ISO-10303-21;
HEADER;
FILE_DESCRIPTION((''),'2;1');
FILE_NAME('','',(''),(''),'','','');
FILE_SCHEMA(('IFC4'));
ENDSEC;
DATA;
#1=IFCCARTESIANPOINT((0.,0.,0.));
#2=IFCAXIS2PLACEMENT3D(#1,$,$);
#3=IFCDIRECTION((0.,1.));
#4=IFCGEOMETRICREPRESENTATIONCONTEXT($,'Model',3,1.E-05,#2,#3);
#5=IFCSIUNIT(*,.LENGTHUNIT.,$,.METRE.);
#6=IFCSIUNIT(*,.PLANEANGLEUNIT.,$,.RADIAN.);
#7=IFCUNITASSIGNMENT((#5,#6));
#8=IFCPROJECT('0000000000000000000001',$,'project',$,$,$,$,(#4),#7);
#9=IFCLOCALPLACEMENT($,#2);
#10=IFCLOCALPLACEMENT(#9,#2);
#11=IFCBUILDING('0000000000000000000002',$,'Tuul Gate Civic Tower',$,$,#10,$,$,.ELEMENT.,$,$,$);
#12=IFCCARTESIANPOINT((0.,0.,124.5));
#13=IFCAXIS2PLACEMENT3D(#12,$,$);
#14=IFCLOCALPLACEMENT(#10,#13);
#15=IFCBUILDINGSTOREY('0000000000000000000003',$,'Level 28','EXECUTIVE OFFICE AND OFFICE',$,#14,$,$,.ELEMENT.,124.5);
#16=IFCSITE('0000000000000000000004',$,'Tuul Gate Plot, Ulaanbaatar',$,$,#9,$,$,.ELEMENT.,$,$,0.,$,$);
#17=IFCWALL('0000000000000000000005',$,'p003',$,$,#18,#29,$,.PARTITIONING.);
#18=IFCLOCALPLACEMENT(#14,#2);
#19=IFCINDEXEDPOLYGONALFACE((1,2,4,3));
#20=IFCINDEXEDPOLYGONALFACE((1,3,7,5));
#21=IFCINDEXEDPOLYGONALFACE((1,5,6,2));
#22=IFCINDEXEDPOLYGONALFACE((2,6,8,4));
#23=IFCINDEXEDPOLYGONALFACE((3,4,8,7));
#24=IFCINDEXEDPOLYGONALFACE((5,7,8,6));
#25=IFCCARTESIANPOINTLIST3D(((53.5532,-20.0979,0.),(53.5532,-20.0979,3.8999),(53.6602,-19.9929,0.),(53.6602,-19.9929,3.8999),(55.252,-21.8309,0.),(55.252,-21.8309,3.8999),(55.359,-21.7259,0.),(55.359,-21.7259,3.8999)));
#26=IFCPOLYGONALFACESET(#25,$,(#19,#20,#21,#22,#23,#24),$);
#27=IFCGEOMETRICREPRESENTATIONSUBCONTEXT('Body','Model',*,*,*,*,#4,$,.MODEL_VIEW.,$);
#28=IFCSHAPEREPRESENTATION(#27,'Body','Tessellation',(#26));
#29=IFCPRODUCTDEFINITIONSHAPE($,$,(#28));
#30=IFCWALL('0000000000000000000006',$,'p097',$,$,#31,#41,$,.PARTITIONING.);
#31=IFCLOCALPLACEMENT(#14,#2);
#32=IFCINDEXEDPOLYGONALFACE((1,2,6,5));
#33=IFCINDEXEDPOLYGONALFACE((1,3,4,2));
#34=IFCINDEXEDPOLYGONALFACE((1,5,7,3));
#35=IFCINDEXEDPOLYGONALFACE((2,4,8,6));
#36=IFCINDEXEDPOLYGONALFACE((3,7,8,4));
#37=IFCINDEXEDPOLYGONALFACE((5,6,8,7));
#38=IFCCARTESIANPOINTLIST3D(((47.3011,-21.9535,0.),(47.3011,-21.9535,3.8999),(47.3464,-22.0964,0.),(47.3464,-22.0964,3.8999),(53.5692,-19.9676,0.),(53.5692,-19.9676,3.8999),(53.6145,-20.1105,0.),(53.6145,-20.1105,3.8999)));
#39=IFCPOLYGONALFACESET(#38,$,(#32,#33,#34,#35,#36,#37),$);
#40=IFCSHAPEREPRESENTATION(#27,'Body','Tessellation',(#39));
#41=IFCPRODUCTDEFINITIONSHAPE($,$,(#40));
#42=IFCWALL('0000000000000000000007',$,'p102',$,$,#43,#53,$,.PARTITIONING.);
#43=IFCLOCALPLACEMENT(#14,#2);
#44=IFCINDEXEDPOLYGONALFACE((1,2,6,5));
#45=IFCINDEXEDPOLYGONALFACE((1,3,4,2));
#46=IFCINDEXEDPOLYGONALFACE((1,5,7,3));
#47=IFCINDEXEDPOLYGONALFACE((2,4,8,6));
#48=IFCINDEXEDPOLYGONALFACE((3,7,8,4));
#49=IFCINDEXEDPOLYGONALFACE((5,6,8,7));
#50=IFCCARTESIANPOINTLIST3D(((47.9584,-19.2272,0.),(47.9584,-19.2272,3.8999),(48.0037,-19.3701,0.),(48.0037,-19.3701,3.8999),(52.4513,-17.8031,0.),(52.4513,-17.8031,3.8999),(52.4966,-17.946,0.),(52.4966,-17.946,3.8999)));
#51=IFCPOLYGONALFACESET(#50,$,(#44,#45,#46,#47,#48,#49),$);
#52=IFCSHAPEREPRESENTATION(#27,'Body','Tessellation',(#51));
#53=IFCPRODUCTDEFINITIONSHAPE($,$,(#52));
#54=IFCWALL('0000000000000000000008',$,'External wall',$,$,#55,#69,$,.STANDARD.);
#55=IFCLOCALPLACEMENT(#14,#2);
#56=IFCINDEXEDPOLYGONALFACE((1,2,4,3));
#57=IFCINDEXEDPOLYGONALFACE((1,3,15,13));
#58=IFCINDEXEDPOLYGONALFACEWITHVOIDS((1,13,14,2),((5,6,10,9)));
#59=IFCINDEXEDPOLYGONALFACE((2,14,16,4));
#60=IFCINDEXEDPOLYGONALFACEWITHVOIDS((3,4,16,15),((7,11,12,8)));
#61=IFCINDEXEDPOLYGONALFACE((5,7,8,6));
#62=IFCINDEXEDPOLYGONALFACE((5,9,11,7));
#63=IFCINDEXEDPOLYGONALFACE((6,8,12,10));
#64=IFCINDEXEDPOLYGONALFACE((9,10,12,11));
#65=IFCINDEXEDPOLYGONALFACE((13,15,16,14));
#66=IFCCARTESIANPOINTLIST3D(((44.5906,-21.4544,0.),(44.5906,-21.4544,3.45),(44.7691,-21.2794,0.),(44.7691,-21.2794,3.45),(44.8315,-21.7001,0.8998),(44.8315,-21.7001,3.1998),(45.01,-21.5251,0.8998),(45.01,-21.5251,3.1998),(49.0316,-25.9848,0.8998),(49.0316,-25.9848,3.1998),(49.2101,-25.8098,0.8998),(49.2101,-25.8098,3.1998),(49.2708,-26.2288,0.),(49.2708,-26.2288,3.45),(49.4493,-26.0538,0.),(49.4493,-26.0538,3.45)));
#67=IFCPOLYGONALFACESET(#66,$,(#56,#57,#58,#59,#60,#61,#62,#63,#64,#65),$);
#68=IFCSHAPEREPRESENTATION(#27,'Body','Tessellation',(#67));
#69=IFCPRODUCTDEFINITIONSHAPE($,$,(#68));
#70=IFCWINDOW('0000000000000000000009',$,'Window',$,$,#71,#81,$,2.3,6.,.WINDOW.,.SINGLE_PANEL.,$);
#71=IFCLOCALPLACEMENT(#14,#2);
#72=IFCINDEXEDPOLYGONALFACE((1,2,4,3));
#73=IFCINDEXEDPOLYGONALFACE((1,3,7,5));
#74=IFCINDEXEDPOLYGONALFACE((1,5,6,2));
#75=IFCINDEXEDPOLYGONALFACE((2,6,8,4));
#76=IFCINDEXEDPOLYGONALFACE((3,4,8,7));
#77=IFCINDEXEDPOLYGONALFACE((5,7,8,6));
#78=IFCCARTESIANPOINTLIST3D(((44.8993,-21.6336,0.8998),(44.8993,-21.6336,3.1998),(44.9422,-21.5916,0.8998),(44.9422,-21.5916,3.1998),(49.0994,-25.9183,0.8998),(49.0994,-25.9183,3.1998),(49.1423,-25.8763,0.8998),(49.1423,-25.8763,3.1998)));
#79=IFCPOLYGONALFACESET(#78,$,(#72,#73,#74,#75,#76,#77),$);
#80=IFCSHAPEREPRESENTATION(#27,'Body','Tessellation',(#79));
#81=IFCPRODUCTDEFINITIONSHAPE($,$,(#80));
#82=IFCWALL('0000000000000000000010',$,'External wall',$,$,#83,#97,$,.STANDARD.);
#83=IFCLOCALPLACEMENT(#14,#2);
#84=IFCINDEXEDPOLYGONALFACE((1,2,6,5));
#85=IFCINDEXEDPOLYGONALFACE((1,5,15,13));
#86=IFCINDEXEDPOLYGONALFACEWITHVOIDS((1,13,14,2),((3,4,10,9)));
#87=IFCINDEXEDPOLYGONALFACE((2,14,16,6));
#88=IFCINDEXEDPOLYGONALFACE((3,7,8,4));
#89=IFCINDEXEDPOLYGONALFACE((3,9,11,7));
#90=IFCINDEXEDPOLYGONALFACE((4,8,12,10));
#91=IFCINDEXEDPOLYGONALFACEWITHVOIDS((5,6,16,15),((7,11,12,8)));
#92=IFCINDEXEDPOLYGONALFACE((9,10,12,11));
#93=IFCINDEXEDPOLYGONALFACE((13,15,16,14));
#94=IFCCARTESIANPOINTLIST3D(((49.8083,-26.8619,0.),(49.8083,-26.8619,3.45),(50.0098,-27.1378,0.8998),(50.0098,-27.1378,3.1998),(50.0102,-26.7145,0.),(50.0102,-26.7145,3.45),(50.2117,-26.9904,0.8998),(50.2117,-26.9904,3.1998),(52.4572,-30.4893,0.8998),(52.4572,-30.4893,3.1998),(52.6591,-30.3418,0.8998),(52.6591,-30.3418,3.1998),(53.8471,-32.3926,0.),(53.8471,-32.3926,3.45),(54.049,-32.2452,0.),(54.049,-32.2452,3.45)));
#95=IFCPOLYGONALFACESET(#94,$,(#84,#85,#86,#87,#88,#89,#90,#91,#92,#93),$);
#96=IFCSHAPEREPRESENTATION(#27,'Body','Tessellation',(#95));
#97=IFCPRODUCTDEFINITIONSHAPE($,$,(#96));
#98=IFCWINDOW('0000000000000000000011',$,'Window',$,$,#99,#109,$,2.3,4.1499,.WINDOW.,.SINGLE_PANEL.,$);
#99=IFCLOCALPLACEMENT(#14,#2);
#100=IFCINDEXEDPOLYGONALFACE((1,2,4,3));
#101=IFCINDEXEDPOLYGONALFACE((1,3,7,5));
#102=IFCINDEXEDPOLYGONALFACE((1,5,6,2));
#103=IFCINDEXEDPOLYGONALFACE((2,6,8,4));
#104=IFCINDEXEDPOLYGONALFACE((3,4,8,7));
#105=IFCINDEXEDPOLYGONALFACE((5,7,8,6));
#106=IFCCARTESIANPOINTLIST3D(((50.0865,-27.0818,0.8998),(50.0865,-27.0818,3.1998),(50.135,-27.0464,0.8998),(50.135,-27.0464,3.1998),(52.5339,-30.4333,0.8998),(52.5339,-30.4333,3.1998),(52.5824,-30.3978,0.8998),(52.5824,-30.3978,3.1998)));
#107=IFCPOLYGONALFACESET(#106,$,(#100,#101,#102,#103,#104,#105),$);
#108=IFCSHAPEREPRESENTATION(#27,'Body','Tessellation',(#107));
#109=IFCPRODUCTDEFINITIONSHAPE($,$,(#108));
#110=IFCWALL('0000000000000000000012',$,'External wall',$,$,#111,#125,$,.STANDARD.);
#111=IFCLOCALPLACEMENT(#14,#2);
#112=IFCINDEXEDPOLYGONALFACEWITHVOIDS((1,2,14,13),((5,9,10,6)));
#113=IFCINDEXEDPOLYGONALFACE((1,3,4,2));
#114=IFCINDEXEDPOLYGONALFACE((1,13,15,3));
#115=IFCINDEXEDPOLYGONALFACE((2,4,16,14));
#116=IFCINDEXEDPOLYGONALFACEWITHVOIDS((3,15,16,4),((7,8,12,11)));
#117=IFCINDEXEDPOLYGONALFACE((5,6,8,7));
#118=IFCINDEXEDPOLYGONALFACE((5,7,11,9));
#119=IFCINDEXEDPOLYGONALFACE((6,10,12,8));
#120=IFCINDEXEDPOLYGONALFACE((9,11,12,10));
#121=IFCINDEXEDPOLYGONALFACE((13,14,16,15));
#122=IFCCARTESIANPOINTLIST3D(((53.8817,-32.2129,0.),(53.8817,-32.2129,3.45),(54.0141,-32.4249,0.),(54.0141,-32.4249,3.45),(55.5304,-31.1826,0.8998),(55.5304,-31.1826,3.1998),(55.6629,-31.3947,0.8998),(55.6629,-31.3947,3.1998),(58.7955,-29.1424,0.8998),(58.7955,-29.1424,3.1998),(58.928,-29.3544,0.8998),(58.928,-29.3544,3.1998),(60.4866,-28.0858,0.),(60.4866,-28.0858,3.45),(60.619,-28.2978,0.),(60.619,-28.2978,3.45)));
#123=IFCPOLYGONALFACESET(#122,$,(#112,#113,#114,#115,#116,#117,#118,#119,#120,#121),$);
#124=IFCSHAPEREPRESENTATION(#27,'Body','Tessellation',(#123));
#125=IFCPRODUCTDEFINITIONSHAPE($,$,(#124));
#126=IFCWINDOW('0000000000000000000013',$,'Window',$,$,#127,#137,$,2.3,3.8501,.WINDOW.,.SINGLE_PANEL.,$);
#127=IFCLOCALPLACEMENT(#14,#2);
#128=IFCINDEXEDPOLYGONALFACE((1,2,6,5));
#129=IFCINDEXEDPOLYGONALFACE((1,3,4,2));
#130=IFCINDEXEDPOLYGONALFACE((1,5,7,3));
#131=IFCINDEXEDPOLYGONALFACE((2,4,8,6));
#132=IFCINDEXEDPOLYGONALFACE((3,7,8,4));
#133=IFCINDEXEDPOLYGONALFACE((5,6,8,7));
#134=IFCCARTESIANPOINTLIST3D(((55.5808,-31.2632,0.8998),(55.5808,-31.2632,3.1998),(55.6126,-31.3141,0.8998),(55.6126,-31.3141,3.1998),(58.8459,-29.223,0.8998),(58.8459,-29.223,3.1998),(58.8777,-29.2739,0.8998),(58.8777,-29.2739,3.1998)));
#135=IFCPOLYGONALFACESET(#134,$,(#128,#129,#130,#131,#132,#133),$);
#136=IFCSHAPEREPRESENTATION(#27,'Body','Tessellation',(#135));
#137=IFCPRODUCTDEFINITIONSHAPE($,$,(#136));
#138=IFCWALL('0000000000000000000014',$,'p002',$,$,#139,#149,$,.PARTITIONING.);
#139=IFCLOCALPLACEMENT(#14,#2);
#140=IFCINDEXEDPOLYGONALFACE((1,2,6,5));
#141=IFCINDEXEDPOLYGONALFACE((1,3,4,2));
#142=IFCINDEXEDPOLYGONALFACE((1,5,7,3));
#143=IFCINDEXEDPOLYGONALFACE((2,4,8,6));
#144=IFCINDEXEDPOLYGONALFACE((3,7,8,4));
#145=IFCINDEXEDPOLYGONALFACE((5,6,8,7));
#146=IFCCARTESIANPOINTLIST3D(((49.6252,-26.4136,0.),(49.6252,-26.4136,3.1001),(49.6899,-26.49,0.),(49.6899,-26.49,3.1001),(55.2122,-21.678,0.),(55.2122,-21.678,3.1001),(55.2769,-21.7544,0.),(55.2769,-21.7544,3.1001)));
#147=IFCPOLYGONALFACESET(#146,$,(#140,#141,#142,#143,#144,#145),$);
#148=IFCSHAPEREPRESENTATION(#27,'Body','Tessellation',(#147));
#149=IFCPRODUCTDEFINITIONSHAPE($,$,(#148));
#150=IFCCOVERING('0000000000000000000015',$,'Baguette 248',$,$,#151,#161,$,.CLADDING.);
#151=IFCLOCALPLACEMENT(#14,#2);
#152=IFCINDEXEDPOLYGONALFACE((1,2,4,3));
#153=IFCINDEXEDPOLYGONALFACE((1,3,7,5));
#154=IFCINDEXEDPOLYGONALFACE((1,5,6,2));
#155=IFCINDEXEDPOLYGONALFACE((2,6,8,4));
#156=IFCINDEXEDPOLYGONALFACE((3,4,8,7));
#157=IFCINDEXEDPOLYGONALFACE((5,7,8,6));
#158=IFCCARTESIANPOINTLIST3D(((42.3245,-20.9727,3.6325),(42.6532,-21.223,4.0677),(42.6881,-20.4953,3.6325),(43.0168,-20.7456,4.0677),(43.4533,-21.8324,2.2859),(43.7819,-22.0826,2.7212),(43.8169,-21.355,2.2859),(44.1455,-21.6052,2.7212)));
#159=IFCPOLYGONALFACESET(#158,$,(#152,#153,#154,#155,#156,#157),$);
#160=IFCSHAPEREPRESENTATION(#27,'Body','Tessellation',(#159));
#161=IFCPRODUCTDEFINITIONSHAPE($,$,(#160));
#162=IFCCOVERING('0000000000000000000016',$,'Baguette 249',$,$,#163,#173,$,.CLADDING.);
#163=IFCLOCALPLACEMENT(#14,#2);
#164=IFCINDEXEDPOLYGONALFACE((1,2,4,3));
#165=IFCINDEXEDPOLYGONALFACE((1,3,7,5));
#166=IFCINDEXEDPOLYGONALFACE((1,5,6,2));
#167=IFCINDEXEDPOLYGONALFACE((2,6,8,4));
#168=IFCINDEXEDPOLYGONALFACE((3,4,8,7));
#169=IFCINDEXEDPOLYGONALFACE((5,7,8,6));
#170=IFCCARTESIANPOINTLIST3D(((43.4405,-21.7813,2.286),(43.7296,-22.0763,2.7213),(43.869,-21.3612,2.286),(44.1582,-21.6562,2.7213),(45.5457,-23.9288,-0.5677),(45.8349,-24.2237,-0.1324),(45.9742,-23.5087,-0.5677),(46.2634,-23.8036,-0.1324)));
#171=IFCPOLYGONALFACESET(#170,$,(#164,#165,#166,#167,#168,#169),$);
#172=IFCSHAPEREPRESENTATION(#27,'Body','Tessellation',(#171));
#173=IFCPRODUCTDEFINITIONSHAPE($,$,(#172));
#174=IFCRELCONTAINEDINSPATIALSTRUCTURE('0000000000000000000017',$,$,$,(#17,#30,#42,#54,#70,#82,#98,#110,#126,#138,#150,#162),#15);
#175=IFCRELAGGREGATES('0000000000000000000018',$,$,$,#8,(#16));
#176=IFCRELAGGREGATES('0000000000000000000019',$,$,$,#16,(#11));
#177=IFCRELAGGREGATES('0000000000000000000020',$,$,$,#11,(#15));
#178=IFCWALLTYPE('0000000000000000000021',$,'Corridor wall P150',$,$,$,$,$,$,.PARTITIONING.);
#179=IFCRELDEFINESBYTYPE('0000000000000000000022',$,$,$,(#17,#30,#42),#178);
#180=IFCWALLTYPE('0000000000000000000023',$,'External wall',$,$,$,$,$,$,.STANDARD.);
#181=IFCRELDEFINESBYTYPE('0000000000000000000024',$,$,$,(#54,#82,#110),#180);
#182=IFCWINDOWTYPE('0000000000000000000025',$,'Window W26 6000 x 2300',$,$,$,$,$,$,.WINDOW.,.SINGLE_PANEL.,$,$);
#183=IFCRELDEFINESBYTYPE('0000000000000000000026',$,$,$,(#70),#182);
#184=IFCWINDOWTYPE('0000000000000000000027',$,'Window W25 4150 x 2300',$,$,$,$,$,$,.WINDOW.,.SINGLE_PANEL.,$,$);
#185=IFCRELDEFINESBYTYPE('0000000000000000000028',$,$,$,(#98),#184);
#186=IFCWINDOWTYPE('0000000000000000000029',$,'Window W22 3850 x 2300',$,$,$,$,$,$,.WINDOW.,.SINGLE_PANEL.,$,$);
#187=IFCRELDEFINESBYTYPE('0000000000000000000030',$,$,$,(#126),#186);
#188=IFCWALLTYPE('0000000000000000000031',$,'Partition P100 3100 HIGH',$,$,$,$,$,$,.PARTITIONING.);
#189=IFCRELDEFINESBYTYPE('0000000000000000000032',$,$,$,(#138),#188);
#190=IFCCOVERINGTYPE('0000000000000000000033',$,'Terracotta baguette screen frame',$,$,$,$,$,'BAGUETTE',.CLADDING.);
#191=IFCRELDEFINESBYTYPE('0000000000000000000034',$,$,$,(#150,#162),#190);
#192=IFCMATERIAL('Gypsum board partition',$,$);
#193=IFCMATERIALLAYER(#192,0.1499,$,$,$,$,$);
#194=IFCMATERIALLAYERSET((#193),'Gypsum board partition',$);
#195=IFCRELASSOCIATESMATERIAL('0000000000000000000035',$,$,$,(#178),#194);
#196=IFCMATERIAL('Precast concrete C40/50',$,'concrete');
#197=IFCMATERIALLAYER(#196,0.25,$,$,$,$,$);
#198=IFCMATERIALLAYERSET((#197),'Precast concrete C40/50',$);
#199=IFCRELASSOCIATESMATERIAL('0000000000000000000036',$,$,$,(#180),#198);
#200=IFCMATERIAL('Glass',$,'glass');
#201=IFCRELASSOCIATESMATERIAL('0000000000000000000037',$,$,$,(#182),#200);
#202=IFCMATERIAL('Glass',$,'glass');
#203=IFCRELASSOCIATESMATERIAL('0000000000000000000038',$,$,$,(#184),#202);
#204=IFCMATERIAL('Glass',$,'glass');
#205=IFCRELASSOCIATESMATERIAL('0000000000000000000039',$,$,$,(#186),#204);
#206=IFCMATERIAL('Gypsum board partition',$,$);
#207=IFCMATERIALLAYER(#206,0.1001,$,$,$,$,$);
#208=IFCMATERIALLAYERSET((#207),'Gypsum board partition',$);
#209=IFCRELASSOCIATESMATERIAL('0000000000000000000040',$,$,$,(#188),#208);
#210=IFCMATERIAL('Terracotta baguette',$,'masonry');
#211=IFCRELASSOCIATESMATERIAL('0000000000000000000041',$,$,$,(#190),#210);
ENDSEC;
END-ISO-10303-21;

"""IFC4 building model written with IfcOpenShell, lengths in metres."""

from ifc_helpers import new_model, si_unit, direction, frame, frame_2d, origin, origin_2d, place, context, subcontext, project, spatial, rectangle, extrude, material, layer, layer_set, material_profile, profile_set, type_object, element, fill, save


model = new_model("IFC4")

# Units and contexts
model_context = context("Model", 3, precision=1e-05, world=origin(), true_north=direction((0.0, 1.0)))
body_context = subcontext(model_context, "Body", "Model", "MODEL_VIEW")
ifc_project = project(units=[si_unit("LENGTHUNIT", "METRE"), si_unit("PLANEANGLEUNIT", "RADIAN")], contexts=[model_context])

# Site, building, storey
site_placement = place(None, origin())
site = spatial("IfcSite", under=ifc_project, at=site_placement, Name="Tuul Gate Plot, Ulaanbaatar", CompositionType="ELEMENT", RefElevation=0.0)
building_placement = place(site_placement, origin())
building = spatial("IfcBuilding", under=site, at=building_placement, Name="Tuul Gate Civic Tower", CompositionType="ELEMENT")
storey_placement = place(building_placement, frame((0.0, 0.0, 124.5)))
storey = spatial("IfcBuildingStorey", under=building, at=storey_placement, Name="Level 28", Description="EXECUTIVE OFFICE AND OFFICE", CompositionType="ELEMENT", Elevation=124.5)

# Walls
ifc_material_1 = material(Name="Gypsum board partition")
ifc_layer_1 = layer(ifc_material_1, 0.1499)
ifc_layer_set_1 = layer_set([ifc_layer_1], Name="Gypsum board partition")
wall_type_1 = type_object("IfcWallType", Name="Corridor wall P150", PredefinedType="PARTITIONING", material=ifc_layer_set_1)
wall_1_placement = place(storey_placement, frame((53.6067, -20.0454, 0.0), z_axis=(0.0, 0.0, 1.0), x_axis=(0.700029, -0.714114, 0.0)))
element("IfcWall", 1, at=wall_1_placement, inside=storey, type_object=wall_type_1, Name="p003", PredefinedType="PARTITIONING", context=body_context, shape_type="SweptSolid", body=[
    extrude(rectangle(XDim=2.4268, YDim=0.1499, at=frame_2d((1.2134, 0.0))), origin(), (0.0, 0.0, 1.0), 3.8999),
])
wall_2_placement = place(storey_placement, frame((47.3237, -22.0249, 0.0), z_axis=(0.0, 0.0, 1.0), x_axis=(0.953301, 0.302023, 0.0)))
element("IfcWall", 2, at=wall_2_placement, inside=storey, type_object=wall_type_1, Name="p097", PredefinedType="PARTITIONING", context=body_context, shape_type="SweptSolid", body=[
    extrude(rectangle(XDim=6.5752, YDim=0.1499, at=frame_2d((3.2876, 0.0))), origin(), (0.0, 0.0, 1.0), 3.8999),
])
wall_3_placement = place(storey_placement, frame((47.9812, -19.2986, 0.0), z_axis=(0.0, 0.0, 1.0), x_axis=(0.953262, 0.302145, 0.0)))
element("IfcWall", 3, at=wall_3_placement, inside=storey, type_object=wall_type_1, Name="p102", PredefinedType="PARTITIONING", context=body_context, shape_type="SweptSolid", body=[
    extrude(rectangle(XDim=4.7131, YDim=0.1499, at=frame_2d((2.3564, 0.0))), origin(), (0.0, 0.0, 1.0), 3.8999),
])

# Walls, openings, windows
ifc_material_2 = material(Name="Precast concrete C40/50", Category="concrete")
ifc_layer_2 = layer(ifc_material_2, 0.25)
ifc_layer_set_2 = layer_set([ifc_layer_2], Name="Precast concrete C40/50")
wall_type_2 = type_object("IfcWallType", Name="External wall", PredefinedType="STANDARD", material=ifc_layer_set_2)
wall_4_placement = place(storey_placement, frame((44.6799, -21.3669, 0.0), z_axis=(0.0, 0.0, 1.0), x_axis=(0.700024, -0.714119, 0.0)))
wall_4 = element("IfcWall", 4, at=wall_4_placement, inside=storey, type_object=wall_type_2, Name="External wall", PredefinedType="STANDARD", context=body_context, shape_type="SweptSolid", body=[
    extrude(rectangle(XDim=6.6858, YDim=0.25, at=frame_2d((3.3428, 0.0))), origin(), (0.0, 0.0, 1.0), 3.45),
])
opening_1_placement = place(wall_4_placement, frame((0.344, 0.0, 0.8999)))
opening_1 = element("IfcOpeningElement", 5, at=opening_1_placement, cuts=wall_4, PredefinedType="OPENING", context=body_context, shape_type="SweptSolid", body=[
    extrude(rectangle(XDim=6.0, YDim=2.3, at=frame_2d((3.0, 1.1499))), frame((0.0, 0.135, 0.0), z_axis=(0.0, -1.0, 0.0), x_axis=(1.0, 0.0, 0.0)), (0.0, 0.0, 1.0), 0.27),
])
ifc_material_3 = material(Name="Glass", Category="glass")
window_type_1 = type_object("IfcWindowType", Name="Window W26 6000 x 2300", PartitioningType="SINGLE_PANEL", PredefinedType="WINDOW", material=ifc_material_3)
window_1_placement = place(opening_1_placement, origin())
window_1 = element("IfcWindow", 6, at=window_1_placement, inside=storey, type_object=window_type_1, Name="Window", OverallHeight=2.3, OverallWidth=6.0, PartitioningType="SINGLE_PANEL", PredefinedType="WINDOW", context=body_context, shape_type="SweptSolid", body=[
    extrude(rectangle(XDim=6.0, YDim=2.3, at=frame_2d((3.0, 1.1499))), frame((0.0, 0.03, 0.0), z_axis=(0.0, -1.0, 0.0), x_axis=(1.0, 0.0, 0.0)), (0.0, 0.0, 1.0), 0.0601),
])
fill(opening_1, window_1)
wall_5_placement = place(storey_placement, frame((49.9092, -26.7881, 0.0), z_axis=(0.0, 0.0, 1.0), x_axis=(0.589741, -0.807592, 0.0)))
wall_5 = element("IfcWall", 7, at=wall_5_placement, inside=storey, type_object=wall_type_2, Name="External wall", PredefinedType="STANDARD", context=body_context, shape_type="SweptSolid", body=[
    extrude(rectangle(XDim=6.8484, YDim=0.25, at=frame_2d((3.4243, 0.0))), origin(), (0.0, 0.0, 1.0), 3.45),
])
opening_2_placement = place(wall_5_placement, frame((0.3418, 0.0, 0.8999)))
opening_2 = element("IfcOpeningElement", 8, at=opening_2_placement, cuts=wall_5, PredefinedType="OPENING", context=body_context, shape_type="SweptSolid", body=[
    extrude(rectangle(XDim=4.1499, YDim=2.3, at=frame_2d((2.075, 1.1499))), frame((0.0, 0.135, 0.0), z_axis=(0.0, -1.0, 0.0), x_axis=(1.0, 0.0, 0.0)), (0.0, 0.0, 1.0), 0.27),
])
ifc_material_4 = material(Name="Glass", Category="glass")
window_type_2 = type_object("IfcWindowType", Name="Window W25 4150 x 2300", PartitioningType="SINGLE_PANEL", PredefinedType="WINDOW", material=ifc_material_4)
window_2_placement = place(opening_2_placement, origin())
window_2 = element("IfcWindow", 9, at=window_2_placement, inside=storey, type_object=window_type_2, Name="Window", OverallHeight=2.3, OverallWidth=4.1499, PartitioningType="SINGLE_PANEL", PredefinedType="WINDOW", context=body_context, shape_type="SweptSolid", body=[
    extrude(rectangle(XDim=4.1499, YDim=2.3, at=frame_2d((2.075, 1.1499))), frame((0.0, 0.03, 0.0), z_axis=(0.0, -1.0, 0.0), x_axis=(1.0, 0.0, 0.0)), (0.0, 0.0, 1.0), 0.0601),
])
fill(opening_2, window_2)
wall_6_placement = place(storey_placement, frame((53.948, -32.3188, 0.0), z_axis=(0.0, 0.0, 1.0), x_axis=(0.848051, 0.529914, 0.0)))
wall_6 = element("IfcWall", 10, at=wall_6_placement, inside=storey, type_object=wall_type_2, Name="External wall", PredefinedType="STANDARD", context=body_context, shape_type="SweptSolid", body=[
    extrude(rectangle(XDim=7.7883, YDim=0.25, at=frame_2d((3.894, 0.0))), origin(), (0.0, 0.0, 1.0), 3.45),
])
opening_3_placement = place(wall_6_placement, frame((1.9441, 0.0, 0.8999)))
opening_3 = element("IfcOpeningElement", 11, at=opening_3_placement, cuts=wall_6, PredefinedType="OPENING", context=body_context, shape_type="SweptSolid", body=[
    extrude(rectangle(XDim=3.8501, YDim=2.3, at=frame_2d((1.925, 1.1499))), frame((0.0, 0.135, 0.0), z_axis=(0.0, -1.0, 0.0), x_axis=(1.0, 0.0, 0.0)), (0.0, 0.0, 1.0), 0.27),
])
ifc_material_5 = material(Name="Glass", Category="glass")
window_type_3 = type_object("IfcWindowType", Name="Window W22 3850 x 2300", PartitioningType="SINGLE_PANEL", PredefinedType="WINDOW", material=ifc_material_5)
window_3_placement = place(opening_3_placement, origin())
window_3 = element("IfcWindow", 12, at=window_3_placement, inside=storey, type_object=window_type_3, Name="Window", OverallHeight=2.3, OverallWidth=3.8501, PartitioningType="SINGLE_PANEL", PredefinedType="WINDOW", context=body_context, shape_type="SweptSolid", body=[
    extrude(rectangle(XDim=3.8501, YDim=2.3, at=frame_2d((1.925, 1.1499))), frame((0.0, 0.03, 0.0), z_axis=(0.0, -1.0, 0.0), x_axis=(1.0, 0.0, 0.0)), (0.0, 0.0, 1.0), 0.0601),
])
fill(opening_3, window_3)

# Wall
ifc_material_6 = material(Name="Gypsum board partition")
ifc_layer_3 = layer(ifc_material_6, 0.1001)
ifc_layer_set_3 = layer_set([ifc_layer_3], Name="Gypsum board partition")
wall_type_3 = type_object("IfcWallType", Name="Partition P100 3100 HIGH", PredefinedType="PARTITIONING", material=ifc_layer_set_3)
wall_7_placement = place(storey_placement, frame((49.6575, -26.4519, 0.0), z_axis=(0.0, 0.0, 1.0), x_axis=(0.762833, 0.646595, 0.0)))
element("IfcWall", 13, at=wall_7_placement, inside=storey, type_object=wall_type_3, Name="p002", PredefinedType="PARTITIONING", context=body_context, shape_type="SweptSolid", body=[
    extrude(rectangle(XDim=7.324, YDim=0.1001, at=frame_2d((3.6621, 0.0))), origin(), (0.0, 0.0, 1.0), 3.1001),
])

# Coverings
ifc_material_7 = material(Name="Terracotta baguette", Category="masonry")
ifc_material_profile_1 = material_profile(ifc_material_7, rectangle(XDim=0.6001, YDim=0.6001, at=origin_2d()), Name="Terracotta baguette screen frame")
ifc_profile_set_1 = profile_set([ifc_material_profile_1], Name="Terracotta baguette")
covering_type = type_object("IfcCoveringType", Name="Terracotta baguette screen frame", ElementType="BAGUETTE", PredefinedType="CLADDING", material=ifc_profile_set_1)
covering_1_placement = place(storey_placement, frame((42.6707, -20.8591, 3.8501), z_axis=(0.577043, -0.439491, -0.688382), x_axis=(0.605903, 0.795538, 0.0)))
element("IfcCovering", 14, at=covering_1_placement, inside=storey, type_object=covering_type, Name="Baguette 248", PredefinedType="CLADDING", context=body_context, shape_type="SweptSolid", body=[
    extrude(rectangle(XDim=0.6001, YDim=0.6001, at=origin_2d()), origin(), (0.0, 0.0, 1.0), 1.9561),
])
covering_2_placement = place(storey_placement, frame((43.7993, -21.7188, 2.5037), z_axis=(0.507799, -0.517987, -0.688353), x_axis=(0.714094, 0.700049, 0.0)))
element("IfcCovering", 15, at=covering_2_placement, inside=storey, type_object=covering_type, Name="Baguette 249", PredefinedType="CLADDING", context=body_context, shape_type="SweptSolid", body=[
    extrude(rectangle(XDim=0.6001, YDim=0.6001, at=origin_2d()), origin(), (0.0, 0.0, 1.0), 4.1458),
])

save(model, "model.ifc")
